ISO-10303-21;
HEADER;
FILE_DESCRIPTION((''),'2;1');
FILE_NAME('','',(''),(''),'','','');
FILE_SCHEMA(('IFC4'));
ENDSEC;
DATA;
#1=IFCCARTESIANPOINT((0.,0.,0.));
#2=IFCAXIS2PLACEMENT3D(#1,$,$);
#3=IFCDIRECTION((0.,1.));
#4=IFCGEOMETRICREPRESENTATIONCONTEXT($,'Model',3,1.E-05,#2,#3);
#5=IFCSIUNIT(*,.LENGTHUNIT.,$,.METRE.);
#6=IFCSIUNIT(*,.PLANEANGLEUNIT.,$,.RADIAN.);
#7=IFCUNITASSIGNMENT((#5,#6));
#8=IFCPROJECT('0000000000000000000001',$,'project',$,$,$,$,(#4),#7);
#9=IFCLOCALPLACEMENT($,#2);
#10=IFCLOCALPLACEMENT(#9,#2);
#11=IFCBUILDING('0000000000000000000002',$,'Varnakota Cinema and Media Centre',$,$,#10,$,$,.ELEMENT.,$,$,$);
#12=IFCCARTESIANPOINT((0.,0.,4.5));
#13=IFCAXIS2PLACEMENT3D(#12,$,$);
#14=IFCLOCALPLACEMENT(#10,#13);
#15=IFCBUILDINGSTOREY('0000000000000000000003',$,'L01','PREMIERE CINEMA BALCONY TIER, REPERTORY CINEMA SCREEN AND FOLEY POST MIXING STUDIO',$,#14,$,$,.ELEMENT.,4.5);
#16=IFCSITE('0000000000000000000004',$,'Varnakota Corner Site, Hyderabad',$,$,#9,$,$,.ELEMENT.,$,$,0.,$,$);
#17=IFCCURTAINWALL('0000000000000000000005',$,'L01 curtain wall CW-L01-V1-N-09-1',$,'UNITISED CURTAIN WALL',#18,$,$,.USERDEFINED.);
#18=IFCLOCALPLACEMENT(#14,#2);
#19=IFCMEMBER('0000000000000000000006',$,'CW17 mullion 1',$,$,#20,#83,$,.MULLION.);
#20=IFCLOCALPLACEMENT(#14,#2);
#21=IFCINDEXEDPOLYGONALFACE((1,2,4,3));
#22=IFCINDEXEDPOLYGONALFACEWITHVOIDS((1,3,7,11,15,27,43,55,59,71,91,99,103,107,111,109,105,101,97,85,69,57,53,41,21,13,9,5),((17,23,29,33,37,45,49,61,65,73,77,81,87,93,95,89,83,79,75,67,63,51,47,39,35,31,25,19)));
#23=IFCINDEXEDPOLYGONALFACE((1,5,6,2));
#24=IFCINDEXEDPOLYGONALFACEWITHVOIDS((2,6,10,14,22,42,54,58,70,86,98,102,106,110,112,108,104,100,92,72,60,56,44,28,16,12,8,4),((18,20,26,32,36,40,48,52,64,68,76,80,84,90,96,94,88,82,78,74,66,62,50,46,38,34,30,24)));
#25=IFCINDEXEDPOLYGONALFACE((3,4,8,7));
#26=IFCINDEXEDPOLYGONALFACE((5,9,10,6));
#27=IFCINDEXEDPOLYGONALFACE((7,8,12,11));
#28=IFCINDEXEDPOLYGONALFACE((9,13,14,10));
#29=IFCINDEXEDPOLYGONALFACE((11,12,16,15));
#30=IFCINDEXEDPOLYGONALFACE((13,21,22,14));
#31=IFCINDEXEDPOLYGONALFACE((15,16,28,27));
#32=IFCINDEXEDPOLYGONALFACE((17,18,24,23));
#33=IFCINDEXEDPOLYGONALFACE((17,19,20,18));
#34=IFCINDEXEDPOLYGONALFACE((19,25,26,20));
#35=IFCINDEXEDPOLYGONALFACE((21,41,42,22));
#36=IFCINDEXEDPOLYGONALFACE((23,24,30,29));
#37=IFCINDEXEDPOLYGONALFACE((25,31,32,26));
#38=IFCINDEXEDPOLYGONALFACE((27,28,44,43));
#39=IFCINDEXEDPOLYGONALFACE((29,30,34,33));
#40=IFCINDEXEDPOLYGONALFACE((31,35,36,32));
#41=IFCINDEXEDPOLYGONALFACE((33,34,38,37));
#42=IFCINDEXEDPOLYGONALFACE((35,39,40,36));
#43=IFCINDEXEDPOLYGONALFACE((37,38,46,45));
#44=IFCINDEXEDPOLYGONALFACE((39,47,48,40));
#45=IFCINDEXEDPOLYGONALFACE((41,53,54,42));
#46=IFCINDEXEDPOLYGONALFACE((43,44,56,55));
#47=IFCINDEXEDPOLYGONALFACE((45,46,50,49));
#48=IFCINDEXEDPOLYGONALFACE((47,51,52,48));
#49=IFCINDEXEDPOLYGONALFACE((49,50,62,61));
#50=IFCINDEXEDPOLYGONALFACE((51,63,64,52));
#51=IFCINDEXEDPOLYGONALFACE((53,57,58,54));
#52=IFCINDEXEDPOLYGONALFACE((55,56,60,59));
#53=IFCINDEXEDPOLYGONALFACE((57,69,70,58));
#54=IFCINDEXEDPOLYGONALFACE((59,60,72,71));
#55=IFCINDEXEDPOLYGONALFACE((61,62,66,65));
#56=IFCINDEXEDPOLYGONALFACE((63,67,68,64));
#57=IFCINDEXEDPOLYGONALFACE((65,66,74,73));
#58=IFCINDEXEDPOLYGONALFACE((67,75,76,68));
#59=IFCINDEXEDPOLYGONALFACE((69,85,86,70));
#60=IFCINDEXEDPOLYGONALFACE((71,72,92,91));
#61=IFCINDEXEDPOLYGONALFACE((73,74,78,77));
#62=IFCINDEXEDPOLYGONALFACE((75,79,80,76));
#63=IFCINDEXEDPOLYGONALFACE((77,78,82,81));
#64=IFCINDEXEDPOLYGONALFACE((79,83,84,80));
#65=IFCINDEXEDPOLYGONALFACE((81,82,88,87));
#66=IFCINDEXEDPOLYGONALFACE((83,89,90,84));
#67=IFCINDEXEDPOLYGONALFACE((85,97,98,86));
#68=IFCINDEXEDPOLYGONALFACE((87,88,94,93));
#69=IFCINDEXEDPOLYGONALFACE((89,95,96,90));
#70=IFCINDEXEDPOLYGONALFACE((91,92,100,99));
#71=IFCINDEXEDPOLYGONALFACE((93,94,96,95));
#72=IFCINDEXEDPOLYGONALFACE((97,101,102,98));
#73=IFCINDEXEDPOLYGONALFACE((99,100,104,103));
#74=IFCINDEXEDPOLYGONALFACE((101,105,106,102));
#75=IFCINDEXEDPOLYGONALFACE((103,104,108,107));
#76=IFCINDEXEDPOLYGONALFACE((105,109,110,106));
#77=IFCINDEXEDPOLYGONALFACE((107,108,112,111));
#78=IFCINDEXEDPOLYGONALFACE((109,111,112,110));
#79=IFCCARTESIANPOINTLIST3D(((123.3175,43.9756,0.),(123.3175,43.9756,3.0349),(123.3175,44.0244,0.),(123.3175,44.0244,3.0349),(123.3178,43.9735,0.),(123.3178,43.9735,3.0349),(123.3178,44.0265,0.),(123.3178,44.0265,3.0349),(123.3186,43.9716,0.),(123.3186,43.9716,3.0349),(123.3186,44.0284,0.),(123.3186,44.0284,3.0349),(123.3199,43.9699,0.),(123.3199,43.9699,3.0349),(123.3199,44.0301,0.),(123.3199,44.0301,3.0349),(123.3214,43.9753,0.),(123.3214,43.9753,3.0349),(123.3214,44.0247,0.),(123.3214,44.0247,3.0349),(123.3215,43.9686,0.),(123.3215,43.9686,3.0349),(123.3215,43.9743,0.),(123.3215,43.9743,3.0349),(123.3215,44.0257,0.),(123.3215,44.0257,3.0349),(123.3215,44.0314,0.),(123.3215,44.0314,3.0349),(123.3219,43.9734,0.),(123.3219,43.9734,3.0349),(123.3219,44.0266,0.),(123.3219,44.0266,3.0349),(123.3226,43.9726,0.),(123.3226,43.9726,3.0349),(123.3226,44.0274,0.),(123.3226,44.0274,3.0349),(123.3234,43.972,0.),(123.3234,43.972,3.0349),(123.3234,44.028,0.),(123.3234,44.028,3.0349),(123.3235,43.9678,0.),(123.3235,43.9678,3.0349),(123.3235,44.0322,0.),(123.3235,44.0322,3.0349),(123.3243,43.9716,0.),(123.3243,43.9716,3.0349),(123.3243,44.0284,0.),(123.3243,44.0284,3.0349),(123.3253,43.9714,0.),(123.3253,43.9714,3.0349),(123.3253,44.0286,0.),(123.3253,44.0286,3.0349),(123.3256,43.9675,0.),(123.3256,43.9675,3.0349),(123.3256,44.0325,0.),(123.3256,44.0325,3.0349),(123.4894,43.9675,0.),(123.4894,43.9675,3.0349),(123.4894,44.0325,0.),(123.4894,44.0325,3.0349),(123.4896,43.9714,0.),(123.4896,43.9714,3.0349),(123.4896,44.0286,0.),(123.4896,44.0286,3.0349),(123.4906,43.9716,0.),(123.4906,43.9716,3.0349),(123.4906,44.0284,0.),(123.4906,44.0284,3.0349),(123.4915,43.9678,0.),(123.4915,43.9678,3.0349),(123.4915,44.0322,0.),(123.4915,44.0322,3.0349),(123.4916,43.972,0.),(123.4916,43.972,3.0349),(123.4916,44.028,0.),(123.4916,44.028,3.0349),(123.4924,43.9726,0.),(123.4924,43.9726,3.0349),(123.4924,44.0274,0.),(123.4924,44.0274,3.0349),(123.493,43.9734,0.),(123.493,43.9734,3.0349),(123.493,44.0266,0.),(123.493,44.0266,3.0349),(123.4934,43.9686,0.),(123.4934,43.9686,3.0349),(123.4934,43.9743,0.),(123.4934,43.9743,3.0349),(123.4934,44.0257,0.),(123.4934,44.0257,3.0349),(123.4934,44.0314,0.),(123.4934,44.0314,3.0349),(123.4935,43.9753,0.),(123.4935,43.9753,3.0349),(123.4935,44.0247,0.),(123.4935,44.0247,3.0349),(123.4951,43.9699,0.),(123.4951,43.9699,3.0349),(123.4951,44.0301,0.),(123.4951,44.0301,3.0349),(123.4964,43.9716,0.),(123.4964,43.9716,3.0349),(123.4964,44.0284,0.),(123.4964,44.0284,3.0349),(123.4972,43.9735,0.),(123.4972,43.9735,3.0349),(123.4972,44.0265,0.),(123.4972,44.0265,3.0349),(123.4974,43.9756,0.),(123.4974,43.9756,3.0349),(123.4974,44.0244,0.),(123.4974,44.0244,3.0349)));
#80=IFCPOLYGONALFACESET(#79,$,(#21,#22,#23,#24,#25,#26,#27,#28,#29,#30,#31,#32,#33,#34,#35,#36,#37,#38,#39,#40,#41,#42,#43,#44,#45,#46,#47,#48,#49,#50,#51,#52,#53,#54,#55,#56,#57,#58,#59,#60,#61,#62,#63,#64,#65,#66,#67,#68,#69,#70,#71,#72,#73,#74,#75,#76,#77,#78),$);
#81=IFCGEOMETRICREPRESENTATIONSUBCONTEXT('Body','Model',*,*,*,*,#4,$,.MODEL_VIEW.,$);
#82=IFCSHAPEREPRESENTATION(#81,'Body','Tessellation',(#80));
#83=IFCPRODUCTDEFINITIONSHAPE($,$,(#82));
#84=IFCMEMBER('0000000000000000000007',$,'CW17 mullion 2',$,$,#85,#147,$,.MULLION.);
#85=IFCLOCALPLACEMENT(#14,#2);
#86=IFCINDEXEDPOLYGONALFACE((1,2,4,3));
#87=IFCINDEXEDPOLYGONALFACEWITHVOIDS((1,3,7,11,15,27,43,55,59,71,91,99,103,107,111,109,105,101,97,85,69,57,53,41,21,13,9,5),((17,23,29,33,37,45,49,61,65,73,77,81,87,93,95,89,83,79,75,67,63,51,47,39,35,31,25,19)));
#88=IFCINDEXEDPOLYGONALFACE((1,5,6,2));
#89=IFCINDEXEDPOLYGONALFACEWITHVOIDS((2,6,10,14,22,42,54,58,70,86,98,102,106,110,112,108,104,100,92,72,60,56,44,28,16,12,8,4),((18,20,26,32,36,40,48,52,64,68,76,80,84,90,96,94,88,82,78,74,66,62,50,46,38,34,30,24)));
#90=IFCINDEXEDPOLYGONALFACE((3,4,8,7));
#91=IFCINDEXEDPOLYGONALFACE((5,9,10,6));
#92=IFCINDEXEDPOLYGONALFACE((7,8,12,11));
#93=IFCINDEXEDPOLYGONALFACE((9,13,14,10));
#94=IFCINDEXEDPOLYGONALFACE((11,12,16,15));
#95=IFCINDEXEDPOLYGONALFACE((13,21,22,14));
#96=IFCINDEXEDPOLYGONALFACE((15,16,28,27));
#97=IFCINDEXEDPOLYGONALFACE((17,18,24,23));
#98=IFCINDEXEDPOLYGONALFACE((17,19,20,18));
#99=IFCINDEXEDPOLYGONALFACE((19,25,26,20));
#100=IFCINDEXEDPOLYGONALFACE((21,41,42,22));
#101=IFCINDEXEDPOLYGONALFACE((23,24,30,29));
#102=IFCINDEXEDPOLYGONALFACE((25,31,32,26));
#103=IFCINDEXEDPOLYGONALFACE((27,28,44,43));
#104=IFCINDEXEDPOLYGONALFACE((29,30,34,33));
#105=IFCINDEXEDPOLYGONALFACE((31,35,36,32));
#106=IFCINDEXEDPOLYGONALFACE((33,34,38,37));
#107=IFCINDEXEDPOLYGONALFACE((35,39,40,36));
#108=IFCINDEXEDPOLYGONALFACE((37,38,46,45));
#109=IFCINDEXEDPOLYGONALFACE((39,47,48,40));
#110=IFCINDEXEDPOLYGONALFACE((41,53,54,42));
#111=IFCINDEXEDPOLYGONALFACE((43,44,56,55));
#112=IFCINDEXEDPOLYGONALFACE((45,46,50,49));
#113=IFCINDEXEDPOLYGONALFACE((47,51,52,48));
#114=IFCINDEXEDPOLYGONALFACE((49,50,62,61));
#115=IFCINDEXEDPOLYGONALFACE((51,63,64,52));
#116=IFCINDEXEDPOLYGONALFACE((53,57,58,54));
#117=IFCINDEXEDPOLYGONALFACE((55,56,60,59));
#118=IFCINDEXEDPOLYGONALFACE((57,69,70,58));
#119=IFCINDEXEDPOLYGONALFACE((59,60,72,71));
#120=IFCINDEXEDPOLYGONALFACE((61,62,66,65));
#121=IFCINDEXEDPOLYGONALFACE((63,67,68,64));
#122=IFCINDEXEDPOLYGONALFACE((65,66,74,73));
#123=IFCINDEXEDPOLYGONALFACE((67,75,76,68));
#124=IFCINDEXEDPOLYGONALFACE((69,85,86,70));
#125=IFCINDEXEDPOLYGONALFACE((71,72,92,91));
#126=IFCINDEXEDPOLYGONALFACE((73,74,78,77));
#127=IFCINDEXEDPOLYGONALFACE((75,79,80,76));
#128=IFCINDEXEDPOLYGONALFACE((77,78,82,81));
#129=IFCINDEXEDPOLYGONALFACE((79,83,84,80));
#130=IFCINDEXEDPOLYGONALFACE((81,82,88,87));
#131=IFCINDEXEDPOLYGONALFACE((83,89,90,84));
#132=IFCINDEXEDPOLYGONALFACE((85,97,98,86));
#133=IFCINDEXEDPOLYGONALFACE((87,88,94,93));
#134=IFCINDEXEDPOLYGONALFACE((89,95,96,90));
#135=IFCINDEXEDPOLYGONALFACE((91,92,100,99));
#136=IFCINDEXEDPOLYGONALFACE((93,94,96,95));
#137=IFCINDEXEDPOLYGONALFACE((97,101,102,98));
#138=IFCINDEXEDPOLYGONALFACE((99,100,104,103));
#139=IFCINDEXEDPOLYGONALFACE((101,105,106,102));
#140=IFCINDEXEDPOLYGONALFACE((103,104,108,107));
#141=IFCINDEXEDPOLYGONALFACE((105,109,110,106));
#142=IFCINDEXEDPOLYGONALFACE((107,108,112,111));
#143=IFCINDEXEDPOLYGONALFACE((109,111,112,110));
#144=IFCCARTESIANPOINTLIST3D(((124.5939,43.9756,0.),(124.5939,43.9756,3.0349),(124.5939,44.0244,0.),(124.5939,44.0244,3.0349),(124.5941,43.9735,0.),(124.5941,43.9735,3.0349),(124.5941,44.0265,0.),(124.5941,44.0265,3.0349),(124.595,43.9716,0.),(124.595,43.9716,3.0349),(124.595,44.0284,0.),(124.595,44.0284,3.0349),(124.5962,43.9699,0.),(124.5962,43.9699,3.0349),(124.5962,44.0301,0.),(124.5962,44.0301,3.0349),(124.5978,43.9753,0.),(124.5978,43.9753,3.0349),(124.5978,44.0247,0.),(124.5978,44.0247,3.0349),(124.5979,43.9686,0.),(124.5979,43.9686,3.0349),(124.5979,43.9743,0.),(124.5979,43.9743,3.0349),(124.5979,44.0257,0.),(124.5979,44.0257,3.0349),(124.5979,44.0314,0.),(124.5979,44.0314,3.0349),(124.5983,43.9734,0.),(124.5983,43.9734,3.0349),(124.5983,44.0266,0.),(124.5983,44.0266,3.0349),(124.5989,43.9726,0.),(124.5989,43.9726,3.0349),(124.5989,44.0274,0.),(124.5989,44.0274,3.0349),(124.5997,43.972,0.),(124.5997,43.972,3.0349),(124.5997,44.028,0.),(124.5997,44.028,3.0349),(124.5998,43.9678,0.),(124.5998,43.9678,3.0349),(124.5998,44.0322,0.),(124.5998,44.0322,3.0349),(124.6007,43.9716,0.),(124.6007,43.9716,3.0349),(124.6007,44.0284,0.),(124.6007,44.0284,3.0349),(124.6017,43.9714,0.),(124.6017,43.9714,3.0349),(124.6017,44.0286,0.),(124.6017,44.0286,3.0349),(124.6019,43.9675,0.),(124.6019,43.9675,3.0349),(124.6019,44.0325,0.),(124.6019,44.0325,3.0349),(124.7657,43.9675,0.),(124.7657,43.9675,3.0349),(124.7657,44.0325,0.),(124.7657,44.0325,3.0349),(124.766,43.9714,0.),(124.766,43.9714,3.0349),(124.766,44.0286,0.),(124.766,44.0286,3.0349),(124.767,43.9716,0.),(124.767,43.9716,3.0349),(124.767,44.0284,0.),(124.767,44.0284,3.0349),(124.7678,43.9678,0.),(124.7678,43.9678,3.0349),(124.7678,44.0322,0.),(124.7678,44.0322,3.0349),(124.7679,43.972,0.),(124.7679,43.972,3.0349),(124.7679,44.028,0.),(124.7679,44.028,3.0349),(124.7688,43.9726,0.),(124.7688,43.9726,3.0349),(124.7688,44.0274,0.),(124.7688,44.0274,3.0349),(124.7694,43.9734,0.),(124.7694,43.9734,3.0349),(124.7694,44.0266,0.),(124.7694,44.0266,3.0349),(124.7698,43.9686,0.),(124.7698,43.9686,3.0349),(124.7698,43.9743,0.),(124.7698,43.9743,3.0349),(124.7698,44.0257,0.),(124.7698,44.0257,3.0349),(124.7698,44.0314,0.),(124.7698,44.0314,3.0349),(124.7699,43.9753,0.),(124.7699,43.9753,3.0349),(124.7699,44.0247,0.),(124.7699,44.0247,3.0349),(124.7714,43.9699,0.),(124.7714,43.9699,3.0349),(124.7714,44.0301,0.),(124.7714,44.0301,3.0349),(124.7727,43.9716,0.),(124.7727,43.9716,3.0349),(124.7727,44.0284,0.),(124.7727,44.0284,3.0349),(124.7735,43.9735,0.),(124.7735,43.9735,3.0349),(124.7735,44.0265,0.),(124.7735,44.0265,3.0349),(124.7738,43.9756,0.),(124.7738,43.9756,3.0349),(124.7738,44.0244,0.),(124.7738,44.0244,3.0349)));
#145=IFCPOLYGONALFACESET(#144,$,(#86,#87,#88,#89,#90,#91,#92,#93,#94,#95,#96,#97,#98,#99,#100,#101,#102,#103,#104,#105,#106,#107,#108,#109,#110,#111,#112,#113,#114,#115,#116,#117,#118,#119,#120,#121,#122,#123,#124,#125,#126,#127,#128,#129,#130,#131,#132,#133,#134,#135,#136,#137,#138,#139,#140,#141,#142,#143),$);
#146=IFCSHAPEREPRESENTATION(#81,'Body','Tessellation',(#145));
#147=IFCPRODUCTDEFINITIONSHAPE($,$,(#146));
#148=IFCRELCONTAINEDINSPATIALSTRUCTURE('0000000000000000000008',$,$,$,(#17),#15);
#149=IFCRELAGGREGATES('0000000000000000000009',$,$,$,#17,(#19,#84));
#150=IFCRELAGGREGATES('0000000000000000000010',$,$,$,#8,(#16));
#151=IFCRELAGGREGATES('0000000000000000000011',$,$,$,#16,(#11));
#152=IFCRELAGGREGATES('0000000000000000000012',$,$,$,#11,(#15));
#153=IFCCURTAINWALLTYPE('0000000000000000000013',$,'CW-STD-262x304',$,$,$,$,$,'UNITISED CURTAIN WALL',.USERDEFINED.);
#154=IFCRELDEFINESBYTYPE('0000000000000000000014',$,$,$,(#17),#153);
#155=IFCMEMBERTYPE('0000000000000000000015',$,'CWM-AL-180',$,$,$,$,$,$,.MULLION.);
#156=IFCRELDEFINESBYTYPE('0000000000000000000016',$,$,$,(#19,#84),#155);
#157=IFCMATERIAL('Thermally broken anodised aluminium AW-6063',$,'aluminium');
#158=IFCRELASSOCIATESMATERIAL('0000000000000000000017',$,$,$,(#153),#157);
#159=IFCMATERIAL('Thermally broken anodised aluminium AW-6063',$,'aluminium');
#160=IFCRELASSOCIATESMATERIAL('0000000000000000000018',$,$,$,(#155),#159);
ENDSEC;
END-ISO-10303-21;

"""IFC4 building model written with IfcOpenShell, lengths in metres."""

from ifc_helpers import new_model, si_unit, direction, frame, origin, origin_2d, place, context, subcontext, project, spatial, hollow_rectangle, extrude, material, material_profile, profile_set, type_object, element, aggregate, save


model = new_model("IFC4")

# Units and contexts
model_context = context("Model", 3, precision=1e-05, world=origin(), true_north=direction((0.0, 1.0)))
body_context = subcontext(model_context, "Body", "Model", "MODEL_VIEW")
ifc_project = project(units=[si_unit("LENGTHUNIT", "METRE"), si_unit("PLANEANGLEUNIT", "RADIAN")], contexts=[model_context])

# Site, building, storey
site_placement = place(None, origin())
site = spatial("IfcSite", under=ifc_project, at=site_placement, Name="Varnakota Corner Site, Hyderabad", CompositionType="ELEMENT", RefElevation=0.0)
building_placement = place(site_placement, origin())
building = spatial("IfcBuilding", under=site, at=building_placement, Name="Varnakota Cinema and Media Centre", CompositionType="ELEMENT")
storey_placement = place(building_placement, frame((0.0, 0.0, 4.5)))
storey = spatial("IfcBuildingStorey", under=building, at=storey_placement, Name="L01", Description="PREMIERE CINEMA BALCONY TIER, REPERTORY CINEMA SCREEN AND FOLEY POST MIXING STUDIO", CompositionType="ELEMENT", Elevation=4.5)

# Curtain wall, members
ifc_material_1 = material(Name="Thermally broken anodised aluminium AW-6063", Category="aluminium")
curtain_wall_type = type_object("IfcCurtainWallType", Name="CW-STD-262x304", ElementType="UNITISED CURTAIN WALL", PredefinedType="USERDEFINED", material=ifc_material_1)
ifc_material_2 = material(Name="Thermally broken anodised aluminium AW-6063", Category="aluminium")
ifc_material_profile_1 = material_profile(ifc_material_2, hollow_rectangle(XDim=0.0649, YDim=0.1799, WallThickness=0.0039, InnerFilletRadius=0.0039, OuterFilletRadius=0.0081, at=origin_2d()), Name="AL-MULLION 180x65x4")
ifc_profile_set_1 = profile_set([ifc_material_profile_1], Name="Thermally broken anodised aluminium AW-6063")
member_type_1 = type_object("IfcMemberType", Name="CWM-AL-180", PredefinedType="MULLION", material=ifc_profile_set_1)
curtain_wall_1_placement = place(storey_placement, origin())
curtain_wall_1 = element("IfcCurtainWall", 1, at=curtain_wall_1_placement, inside=storey, type_object=curtain_wall_type, Name="L01 curtain wall CW-L01-V1-N-09-1", ObjectType="UNITISED CURTAIN WALL", PredefinedType="USERDEFINED")
member_1_placement = place(storey_placement, frame((123.4075, 44.0, 0.0), z_axis=(0.0, 0.0, 1.0), x_axis=(0.0, 1.0, 0.0)))
member_1 = element("IfcMember", 2, at=member_1_placement, type_object=member_type_1, Name="CW17 mullion 1", PredefinedType="MULLION", context=body_context, shape_type="SweptSolid", body=[
    extrude(hollow_rectangle(XDim=0.0649, YDim=0.1799, WallThickness=0.0039, InnerFilletRadius=0.0039, OuterFilletRadius=0.0081, at=origin_2d()), origin(), (0.0, 0.0, 1.0), 3.0349),
])
member_2_placement = place(storey_placement, frame((124.6838, 44.0, 0.0), z_axis=(0.0, 0.0, 1.0), x_axis=(0.0, 1.0, 0.0)))
member_2 = element("IfcMember", 3, at=member_2_placement, type_object=member_type_1, Name="CW17 mullion 2", PredefinedType="MULLION", context=body_context, shape_type="SweptSolid", body=[
    extrude(hollow_rectangle(XDim=0.0649, YDim=0.1799, WallThickness=0.0039, InnerFilletRadius=0.0039, OuterFilletRadius=0.0081, at=origin_2d()), origin(), (0.0, 0.0, 1.0), 3.0349),
])

aggregate(curtain_wall_1, [member_1, member_2])

save(model, "model.ifc")
